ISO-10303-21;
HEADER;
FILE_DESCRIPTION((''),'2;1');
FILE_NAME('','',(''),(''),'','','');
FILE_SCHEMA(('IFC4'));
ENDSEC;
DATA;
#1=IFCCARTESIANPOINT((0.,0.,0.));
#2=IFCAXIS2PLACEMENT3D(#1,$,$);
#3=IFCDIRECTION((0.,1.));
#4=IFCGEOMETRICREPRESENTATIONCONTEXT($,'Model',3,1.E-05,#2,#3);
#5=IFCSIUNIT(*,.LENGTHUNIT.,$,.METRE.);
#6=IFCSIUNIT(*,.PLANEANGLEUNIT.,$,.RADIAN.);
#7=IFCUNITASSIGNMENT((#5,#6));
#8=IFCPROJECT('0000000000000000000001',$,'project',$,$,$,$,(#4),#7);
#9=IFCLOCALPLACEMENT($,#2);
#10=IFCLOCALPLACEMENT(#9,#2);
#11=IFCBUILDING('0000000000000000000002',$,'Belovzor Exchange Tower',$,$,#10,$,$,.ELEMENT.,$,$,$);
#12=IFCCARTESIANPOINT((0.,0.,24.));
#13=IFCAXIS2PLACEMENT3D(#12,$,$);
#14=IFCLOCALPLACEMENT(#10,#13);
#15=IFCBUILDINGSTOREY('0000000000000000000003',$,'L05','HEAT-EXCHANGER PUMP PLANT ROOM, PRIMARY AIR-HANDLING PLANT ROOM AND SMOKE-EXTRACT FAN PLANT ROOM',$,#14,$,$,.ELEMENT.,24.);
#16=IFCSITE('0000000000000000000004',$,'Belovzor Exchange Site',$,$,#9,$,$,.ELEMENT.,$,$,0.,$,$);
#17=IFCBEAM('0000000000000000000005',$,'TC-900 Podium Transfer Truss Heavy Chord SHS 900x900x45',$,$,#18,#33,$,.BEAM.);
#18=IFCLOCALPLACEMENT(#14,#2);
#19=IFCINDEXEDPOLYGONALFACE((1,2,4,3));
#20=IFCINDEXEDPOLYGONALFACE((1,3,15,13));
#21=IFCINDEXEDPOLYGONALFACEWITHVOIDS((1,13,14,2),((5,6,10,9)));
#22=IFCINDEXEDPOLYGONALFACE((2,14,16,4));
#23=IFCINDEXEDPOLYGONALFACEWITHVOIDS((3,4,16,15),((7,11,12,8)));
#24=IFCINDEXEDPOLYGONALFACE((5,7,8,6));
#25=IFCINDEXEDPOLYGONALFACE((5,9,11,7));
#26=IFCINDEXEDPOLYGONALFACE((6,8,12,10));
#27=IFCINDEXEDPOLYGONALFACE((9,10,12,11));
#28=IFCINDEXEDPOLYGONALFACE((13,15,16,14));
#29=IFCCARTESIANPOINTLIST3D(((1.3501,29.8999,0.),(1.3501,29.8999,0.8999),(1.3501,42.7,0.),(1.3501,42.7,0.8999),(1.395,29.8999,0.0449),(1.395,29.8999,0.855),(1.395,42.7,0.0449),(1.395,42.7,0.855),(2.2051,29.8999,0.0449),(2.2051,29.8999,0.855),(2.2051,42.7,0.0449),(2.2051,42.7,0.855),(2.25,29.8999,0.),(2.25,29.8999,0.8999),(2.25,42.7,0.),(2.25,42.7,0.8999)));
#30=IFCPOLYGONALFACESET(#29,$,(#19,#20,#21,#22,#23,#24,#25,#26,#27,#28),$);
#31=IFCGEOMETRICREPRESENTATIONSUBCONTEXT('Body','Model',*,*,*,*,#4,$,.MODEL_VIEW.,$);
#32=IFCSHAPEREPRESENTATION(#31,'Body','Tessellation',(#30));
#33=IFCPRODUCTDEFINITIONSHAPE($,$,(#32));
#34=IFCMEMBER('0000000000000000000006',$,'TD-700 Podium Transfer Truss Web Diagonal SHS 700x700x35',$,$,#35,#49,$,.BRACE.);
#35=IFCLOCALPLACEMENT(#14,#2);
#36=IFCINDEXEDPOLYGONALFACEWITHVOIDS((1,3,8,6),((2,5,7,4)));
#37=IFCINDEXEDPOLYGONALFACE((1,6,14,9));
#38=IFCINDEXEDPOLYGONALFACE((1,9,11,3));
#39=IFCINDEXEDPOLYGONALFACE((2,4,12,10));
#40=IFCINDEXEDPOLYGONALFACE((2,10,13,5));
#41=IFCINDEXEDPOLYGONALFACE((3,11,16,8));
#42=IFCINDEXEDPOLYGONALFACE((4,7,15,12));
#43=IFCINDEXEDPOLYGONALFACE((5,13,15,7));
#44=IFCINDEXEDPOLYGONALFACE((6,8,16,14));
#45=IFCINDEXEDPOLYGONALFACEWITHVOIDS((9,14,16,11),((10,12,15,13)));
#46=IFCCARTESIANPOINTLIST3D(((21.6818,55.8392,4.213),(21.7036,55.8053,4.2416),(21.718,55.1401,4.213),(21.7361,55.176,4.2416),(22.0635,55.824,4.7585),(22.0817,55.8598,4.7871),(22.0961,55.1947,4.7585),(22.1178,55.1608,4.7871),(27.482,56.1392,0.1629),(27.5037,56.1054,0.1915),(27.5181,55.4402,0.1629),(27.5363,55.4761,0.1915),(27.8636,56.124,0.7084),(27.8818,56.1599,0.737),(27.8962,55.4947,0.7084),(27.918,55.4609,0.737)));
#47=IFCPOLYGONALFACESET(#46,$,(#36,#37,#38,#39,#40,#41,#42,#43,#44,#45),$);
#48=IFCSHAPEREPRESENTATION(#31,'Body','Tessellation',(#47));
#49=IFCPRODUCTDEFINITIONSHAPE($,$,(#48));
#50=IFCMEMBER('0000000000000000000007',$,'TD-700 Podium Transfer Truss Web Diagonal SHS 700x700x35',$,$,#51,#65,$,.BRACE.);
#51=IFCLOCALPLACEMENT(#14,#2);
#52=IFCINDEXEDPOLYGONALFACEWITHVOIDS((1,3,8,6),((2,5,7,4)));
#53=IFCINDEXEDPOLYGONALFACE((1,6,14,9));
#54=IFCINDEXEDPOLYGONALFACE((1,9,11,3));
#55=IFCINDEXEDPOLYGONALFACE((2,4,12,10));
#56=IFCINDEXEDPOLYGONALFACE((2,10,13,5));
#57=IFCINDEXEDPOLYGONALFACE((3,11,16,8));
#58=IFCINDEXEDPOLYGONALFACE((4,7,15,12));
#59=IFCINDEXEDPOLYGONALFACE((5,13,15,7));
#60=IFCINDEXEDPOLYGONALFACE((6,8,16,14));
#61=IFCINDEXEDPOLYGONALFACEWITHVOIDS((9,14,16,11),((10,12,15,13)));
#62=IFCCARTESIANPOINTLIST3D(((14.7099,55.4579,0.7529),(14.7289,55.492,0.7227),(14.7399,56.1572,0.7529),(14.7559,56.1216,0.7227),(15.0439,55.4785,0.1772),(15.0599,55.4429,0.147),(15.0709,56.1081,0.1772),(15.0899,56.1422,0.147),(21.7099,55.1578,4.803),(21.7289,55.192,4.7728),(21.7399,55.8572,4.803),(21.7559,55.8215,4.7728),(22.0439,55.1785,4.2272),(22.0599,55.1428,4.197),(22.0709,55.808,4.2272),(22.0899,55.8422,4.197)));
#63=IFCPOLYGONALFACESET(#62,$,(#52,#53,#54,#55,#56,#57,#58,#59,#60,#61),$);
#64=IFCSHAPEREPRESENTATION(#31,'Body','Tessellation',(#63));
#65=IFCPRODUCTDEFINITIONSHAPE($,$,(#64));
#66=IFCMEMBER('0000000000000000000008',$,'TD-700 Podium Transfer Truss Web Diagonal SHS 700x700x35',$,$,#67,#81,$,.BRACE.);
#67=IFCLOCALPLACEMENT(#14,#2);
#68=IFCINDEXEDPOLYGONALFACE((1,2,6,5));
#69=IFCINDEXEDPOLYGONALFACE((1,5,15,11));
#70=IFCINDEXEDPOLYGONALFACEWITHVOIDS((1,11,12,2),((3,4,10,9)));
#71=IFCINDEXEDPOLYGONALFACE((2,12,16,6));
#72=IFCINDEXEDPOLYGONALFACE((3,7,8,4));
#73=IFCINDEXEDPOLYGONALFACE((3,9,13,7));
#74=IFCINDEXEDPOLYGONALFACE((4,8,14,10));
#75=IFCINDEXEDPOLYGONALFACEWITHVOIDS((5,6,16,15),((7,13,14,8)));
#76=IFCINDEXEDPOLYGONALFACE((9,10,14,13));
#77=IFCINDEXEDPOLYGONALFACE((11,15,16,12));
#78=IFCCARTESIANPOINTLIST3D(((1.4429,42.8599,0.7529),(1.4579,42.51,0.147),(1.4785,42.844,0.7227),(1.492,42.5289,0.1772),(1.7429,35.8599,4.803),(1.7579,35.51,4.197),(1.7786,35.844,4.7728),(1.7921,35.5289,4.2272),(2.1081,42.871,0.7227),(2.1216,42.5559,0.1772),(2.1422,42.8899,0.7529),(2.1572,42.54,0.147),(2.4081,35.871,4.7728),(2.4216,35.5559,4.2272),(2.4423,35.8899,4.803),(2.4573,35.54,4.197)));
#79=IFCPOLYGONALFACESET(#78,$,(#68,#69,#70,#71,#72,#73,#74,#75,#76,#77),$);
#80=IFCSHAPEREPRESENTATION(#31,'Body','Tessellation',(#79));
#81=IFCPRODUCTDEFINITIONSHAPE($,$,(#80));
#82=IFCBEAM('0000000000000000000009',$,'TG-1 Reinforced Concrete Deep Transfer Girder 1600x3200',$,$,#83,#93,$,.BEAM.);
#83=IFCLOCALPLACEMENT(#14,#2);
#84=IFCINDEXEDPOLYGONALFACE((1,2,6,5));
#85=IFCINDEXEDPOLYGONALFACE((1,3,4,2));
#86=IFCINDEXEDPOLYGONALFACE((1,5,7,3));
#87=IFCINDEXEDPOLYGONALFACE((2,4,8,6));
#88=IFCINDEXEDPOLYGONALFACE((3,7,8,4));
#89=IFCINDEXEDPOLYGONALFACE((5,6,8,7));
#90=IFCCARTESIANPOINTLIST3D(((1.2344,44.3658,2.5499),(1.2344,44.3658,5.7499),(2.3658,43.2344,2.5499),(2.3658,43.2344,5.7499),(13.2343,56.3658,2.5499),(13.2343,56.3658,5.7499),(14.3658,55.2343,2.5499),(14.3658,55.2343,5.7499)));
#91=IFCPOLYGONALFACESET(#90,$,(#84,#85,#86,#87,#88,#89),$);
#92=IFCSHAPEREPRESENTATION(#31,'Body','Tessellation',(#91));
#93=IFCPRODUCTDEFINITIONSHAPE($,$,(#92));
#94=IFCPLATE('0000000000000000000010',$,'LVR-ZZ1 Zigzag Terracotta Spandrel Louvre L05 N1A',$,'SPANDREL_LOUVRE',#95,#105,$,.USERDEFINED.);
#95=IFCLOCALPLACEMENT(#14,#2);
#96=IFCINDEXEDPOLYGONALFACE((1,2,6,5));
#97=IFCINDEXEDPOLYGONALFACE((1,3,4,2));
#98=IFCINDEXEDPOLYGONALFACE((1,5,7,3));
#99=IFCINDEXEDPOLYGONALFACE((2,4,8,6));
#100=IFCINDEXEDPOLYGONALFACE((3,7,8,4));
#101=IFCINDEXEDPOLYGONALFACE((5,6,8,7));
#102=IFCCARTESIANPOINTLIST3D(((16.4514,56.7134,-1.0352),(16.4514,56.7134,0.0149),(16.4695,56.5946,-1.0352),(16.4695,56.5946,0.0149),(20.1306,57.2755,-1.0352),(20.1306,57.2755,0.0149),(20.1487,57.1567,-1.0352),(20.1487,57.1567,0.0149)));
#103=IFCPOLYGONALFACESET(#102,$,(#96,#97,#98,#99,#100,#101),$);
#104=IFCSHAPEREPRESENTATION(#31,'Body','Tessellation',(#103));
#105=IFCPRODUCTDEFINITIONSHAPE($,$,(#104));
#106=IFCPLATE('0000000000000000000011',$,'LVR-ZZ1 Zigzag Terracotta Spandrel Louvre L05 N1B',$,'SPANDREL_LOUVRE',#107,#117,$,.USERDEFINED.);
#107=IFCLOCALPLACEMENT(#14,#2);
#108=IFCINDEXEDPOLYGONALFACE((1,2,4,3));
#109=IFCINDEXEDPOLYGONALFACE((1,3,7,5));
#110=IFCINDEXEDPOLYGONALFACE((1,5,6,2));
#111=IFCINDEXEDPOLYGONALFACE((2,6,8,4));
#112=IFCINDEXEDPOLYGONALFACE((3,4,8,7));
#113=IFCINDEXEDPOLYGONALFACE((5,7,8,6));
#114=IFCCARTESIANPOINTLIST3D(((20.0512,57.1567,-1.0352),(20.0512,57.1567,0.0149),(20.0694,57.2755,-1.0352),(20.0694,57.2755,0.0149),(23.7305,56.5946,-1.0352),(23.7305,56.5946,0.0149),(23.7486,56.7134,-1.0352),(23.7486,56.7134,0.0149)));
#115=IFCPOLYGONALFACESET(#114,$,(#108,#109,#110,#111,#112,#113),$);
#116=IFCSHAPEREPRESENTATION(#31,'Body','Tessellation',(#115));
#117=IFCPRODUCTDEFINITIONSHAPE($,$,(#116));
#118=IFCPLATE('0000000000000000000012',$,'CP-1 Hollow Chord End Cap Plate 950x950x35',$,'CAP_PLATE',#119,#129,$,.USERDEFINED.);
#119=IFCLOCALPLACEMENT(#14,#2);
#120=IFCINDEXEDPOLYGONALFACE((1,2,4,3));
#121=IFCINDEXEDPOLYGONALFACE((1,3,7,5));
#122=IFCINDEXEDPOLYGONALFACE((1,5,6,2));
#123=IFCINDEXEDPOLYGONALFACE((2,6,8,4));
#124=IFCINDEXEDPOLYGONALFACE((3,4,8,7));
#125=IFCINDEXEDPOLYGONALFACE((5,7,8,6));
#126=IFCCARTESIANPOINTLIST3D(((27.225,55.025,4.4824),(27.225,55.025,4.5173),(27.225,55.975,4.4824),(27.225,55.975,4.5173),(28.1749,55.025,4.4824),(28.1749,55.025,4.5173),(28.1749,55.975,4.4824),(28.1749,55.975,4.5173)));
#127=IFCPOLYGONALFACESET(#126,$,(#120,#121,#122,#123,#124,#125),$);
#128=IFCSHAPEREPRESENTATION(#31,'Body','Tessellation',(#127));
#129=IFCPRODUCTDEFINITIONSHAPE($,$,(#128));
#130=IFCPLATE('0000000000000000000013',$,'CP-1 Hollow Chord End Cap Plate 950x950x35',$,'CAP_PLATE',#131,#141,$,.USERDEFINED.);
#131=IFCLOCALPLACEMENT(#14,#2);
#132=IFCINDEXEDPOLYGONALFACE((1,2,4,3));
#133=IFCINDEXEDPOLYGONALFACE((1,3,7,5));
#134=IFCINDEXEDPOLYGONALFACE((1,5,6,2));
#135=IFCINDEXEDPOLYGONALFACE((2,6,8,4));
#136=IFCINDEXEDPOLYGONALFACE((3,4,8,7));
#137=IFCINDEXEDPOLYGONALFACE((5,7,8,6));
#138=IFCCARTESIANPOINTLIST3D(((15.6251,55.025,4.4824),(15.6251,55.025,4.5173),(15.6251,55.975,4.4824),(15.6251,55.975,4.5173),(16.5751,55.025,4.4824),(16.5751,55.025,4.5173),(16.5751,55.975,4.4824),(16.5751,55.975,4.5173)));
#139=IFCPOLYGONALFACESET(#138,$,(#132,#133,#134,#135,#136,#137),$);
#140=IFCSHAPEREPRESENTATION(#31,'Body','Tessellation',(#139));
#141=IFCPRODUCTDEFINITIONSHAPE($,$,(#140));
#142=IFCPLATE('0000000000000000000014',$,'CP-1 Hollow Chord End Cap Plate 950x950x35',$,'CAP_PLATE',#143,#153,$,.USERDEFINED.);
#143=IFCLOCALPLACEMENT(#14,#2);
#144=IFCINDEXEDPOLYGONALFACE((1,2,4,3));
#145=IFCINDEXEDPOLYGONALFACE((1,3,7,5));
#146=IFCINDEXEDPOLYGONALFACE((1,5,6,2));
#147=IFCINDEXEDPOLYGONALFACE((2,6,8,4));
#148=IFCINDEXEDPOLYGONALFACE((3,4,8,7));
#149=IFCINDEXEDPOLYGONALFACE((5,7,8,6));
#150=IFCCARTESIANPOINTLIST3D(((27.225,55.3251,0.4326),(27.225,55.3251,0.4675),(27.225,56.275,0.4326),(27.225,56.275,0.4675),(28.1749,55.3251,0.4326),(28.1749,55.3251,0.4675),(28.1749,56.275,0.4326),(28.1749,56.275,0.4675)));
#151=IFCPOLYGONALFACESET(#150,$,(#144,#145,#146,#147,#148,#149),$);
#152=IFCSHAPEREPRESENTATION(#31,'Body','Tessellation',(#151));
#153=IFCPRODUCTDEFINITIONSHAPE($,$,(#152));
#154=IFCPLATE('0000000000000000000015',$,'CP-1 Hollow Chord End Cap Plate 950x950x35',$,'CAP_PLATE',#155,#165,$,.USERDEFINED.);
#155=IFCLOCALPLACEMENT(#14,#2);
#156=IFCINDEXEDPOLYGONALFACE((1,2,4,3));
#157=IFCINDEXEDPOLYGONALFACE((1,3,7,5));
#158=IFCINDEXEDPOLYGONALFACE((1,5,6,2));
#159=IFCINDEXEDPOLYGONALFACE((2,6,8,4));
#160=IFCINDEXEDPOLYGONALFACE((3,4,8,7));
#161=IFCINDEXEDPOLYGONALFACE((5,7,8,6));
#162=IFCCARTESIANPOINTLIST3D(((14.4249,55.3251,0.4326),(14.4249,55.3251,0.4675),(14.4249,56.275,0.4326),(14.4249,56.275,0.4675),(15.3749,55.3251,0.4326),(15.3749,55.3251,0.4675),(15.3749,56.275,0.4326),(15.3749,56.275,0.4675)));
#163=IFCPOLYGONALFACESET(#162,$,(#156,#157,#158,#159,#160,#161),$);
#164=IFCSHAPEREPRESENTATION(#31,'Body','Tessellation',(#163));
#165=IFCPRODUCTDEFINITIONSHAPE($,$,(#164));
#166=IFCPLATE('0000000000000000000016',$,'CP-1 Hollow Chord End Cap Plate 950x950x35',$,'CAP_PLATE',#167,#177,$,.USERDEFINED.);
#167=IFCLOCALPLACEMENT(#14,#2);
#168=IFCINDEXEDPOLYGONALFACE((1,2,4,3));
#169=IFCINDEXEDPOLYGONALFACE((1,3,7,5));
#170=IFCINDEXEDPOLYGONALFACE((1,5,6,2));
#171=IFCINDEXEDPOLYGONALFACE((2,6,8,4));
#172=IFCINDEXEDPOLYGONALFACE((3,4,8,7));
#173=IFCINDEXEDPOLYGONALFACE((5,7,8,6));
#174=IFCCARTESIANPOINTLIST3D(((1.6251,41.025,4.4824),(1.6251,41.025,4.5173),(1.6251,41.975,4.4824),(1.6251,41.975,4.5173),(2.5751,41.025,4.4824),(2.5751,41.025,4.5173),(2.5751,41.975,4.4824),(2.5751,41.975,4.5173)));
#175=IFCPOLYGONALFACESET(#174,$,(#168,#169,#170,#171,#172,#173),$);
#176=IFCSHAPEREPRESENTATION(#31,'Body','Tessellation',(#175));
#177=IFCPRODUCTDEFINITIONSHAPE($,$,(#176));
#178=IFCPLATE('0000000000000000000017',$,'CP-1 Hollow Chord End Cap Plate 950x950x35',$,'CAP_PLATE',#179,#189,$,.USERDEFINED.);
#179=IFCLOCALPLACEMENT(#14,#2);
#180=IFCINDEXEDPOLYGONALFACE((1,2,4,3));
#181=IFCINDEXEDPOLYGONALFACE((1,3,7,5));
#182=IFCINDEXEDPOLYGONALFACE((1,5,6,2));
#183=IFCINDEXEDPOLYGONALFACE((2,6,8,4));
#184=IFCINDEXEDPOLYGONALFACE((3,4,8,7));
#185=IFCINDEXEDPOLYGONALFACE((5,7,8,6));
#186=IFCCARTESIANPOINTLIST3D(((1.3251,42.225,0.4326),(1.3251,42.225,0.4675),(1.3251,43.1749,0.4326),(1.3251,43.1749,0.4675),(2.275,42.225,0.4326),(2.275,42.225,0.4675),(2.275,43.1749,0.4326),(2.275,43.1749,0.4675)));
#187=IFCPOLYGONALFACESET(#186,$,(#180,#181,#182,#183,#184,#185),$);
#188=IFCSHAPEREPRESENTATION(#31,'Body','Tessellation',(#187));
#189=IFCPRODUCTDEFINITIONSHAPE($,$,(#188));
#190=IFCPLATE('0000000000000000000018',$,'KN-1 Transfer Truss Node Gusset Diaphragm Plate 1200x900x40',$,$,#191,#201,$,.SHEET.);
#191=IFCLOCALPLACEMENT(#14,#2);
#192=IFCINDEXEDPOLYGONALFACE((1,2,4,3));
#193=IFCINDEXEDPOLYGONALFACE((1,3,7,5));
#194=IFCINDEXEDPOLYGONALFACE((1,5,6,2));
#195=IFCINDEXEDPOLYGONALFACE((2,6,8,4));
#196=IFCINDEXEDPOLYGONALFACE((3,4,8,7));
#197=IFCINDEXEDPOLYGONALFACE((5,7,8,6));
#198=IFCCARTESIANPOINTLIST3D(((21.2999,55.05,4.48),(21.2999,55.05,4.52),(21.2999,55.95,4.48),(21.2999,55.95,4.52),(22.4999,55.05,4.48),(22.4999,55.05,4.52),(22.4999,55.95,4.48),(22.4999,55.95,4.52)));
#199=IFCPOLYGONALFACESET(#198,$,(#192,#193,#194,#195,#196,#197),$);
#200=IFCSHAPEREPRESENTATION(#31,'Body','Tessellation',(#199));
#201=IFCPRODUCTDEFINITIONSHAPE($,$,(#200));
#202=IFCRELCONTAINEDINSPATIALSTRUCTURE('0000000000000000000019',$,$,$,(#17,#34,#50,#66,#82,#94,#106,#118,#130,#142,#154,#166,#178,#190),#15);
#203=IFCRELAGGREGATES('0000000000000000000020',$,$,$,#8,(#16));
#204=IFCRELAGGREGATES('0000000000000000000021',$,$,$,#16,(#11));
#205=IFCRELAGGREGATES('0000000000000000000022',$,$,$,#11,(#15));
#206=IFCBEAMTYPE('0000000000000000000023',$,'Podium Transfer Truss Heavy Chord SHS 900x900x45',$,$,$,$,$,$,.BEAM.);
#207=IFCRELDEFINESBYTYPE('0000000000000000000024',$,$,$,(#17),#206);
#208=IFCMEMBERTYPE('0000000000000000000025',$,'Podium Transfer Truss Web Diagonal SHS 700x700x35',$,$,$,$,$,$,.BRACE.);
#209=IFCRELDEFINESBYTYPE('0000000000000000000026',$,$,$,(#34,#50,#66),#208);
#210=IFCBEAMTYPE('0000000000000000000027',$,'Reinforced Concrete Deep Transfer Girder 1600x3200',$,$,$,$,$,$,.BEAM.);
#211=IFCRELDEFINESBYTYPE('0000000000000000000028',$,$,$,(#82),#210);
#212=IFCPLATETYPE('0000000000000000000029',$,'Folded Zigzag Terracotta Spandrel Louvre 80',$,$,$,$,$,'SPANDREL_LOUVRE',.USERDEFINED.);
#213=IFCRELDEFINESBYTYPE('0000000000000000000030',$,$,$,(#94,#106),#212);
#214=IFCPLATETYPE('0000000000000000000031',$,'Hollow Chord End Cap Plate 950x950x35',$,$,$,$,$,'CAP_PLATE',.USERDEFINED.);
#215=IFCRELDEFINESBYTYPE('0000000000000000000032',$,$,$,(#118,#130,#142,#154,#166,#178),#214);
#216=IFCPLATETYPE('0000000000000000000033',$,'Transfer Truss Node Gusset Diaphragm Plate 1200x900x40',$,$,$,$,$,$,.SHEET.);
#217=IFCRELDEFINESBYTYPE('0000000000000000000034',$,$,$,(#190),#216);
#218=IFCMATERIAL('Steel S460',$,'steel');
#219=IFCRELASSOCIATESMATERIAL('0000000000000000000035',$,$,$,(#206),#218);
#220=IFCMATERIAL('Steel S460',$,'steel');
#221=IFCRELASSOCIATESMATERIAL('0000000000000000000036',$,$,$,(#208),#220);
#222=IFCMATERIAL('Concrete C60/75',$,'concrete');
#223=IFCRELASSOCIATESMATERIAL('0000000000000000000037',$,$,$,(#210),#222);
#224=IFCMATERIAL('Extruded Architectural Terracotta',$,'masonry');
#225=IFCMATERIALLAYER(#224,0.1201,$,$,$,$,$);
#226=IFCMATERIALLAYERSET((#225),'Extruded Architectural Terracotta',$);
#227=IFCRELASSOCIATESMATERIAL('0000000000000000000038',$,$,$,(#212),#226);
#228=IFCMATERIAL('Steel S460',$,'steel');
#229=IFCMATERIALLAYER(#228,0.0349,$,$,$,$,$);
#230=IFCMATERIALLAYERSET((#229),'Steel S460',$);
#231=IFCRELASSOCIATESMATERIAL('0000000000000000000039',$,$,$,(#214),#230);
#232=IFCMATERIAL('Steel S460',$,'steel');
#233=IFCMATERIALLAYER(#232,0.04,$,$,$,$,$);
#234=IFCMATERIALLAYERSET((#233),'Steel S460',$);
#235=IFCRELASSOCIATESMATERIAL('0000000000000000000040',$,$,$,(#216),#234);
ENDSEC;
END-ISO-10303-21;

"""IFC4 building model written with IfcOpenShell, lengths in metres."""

from ifc_helpers import new_model, si_unit, direction, frame, origin, origin_2d, place, context, subcontext, project, spatial, rectangle, hollow_rectangle, extrude, material, layer, layer_set, material_profile, profile_set, type_object, element, save


model = new_model("IFC4")

# Units and contexts
model_context = context("Model", 3, precision=1e-05, world=origin(), true_north=direction((0.0, 1.0)))
body_context = subcontext(model_context, "Body", "Model", "MODEL_VIEW")
ifc_project = project(units=[si_unit("LENGTHUNIT", "METRE"), si_unit("PLANEANGLEUNIT", "RADIAN")], contexts=[model_context])

# Site, building, storey
site_placement = place(None, origin())
site = spatial("IfcSite", under=ifc_project, at=site_placement, Name="Belovzor Exchange Site", CompositionType="ELEMENT", RefElevation=0.0)
building_placement = place(site_placement, origin())
building = spatial("IfcBuilding", under=site, at=building_placement, Name="Belovzor Exchange Tower", CompositionType="ELEMENT")
storey_placement = place(building_placement, frame((0.0, 0.0, 24.0)))
storey = spatial("IfcBuildingStorey", under=building, at=storey_placement, Name="L05", Description="HEAT-EXCHANGER PUMP PLANT ROOM, PRIMARY AIR-HANDLING PLANT ROOM AND SMOKE-EXTRACT FAN PLANT ROOM", CompositionType="ELEMENT", Elevation=24.0)

# Beam
ifc_material_1 = material(Name="Steel S460", Category="steel")
ifc_material_profile_1 = material_profile(ifc_material_1, hollow_rectangle(XDim=0.8999, YDim=0.8999, WallThickness=0.0449, at=origin_2d()))
ifc_profile_set_1 = profile_set([ifc_material_profile_1], Name="Steel S460")
beam_type_1 = type_object("IfcBeamType", Name="Podium Transfer Truss Heavy Chord SHS 900x900x45", PredefinedType="BEAM", material=ifc_profile_set_1)
beam_1_placement = place(storey_placement, frame((1.8, 42.7, 0.45), z_axis=(0.0, -1.0, 0.0), x_axis=(1.0, 0.0, 0.0)))
element("IfcBeam", 1, at=beam_1_placement, inside=storey, type_object=beam_type_1, Name="TC-900 Podium Transfer Truss Heavy Chord SHS 900x900x45", PredefinedType="BEAM", context=body_context, shape_type="SweptSolid", body=[
    extrude(hollow_rectangle(XDim=0.8999, YDim=0.8999, WallThickness=0.0449, at=origin_2d()), origin(), (0.0, 0.0, 1.0), 12.8),
])

# Members
ifc_material_2 = material(Name="Steel S460", Category="steel")
ifc_material_profile_2 = material_profile(ifc_material_2, hollow_rectangle(XDim=0.7, YDim=0.7, WallThickness=0.0349, at=origin_2d()))
ifc_profile_set_2 = profile_set([ifc_material_profile_2], Name="Steel S460")
member_type_1 = type_object("IfcMemberType", Name="Podium Transfer Truss Web Diagonal SHS 700x700x35", PredefinedType="BRACE", material=ifc_profile_set_2)
member_placement = place(storey_placement, frame((27.7, 55.8, 0.45), z_axis=(-0.819158, -0.042377, 0.572), x_axis=(0.051663, -0.998665, 0.0)))
element("IfcMember", 2, at=member_placement, inside=storey, type_object=member_type_1, Name="TD-700 Podium Transfer Truss Web Diagonal SHS 700x700x35", PredefinedType="BRACE", context=body_context, shape_type="SweptSolid", body=[
    extrude(hollow_rectangle(XDim=0.7, YDim=0.7, WallThickness=0.0349, at=origin_2d()), origin(), (0.0, 0.0, 1.0), 7.0806),
])
for number, where, z_axis, x_axis, name in (
    (3, (21.8999, 55.5, 4.5), (-0.86497, 0.037076, -0.500453), (-0.042825, -0.999083, 0.0), "TD-700 Podium Transfer Truss Web Diagonal SHS 700x700x35"),
    (4, (1.8, 42.7, 0.45), (0.037076, -0.86497, 0.500453), (0.999083, 0.042825, 0.0), "TD-700 Podium Transfer Truss Web Diagonal SHS 700x700x35"),
):
    element("IfcMember", number, at=place(storey_placement, frame(where, z_axis=z_axis, x_axis=x_axis)), inside=storey, type_object=member_type_1, Name=name, PredefinedType="BRACE", context=body_context, shape_type="SweptSolid", body=[
        extrude(hollow_rectangle(XDim=0.7, YDim=0.7, WallThickness=0.0349, at=origin_2d()), origin(), (0.0, 0.0, 1.0), 8.0928),
    ])

# Beam
ifc_material_3 = material(Name="Concrete C60/75", Category="concrete")
ifc_material_profile_3 = material_profile(ifc_material_3, rectangle(XDim=1.6001, YDim=3.2, at=origin_2d()))
ifc_profile_set_3 = profile_set([ifc_material_profile_3], Name="Concrete C60/75")
beam_type_2 = type_object("IfcBeamType", Name="Reinforced Concrete Deep Transfer Girder 1600x3200", PredefinedType="BEAM", material=ifc_profile_set_3)
beam_2_placement = place(storey_placement, frame((13.8, 55.8, 4.1499), z_axis=(-0.707107, -0.707107, 0.0), x_axis=(0.707107, -0.707107, 0.0)))
element("IfcBeam", 5, at=beam_2_placement, inside=storey, type_object=beam_type_2, Name="TG-1 Reinforced Concrete Deep Transfer Girder 1600x3200", PredefinedType="BEAM", context=body_context, shape_type="SweptSolid", body=[
    extrude(rectangle(XDim=1.6001, YDim=3.2, at=origin_2d()), origin(), (0.0, 0.0, 1.0), 16.9705),
])

# Plates
ifc_material_4 = material(Name="Extruded Architectural Terracotta", Category="masonry")
ifc_layer_1 = layer(ifc_material_4, 0.1201)
ifc_layer_set_1 = layer_set([ifc_layer_1], Name="Extruded Architectural Terracotta")
plate_type_1 = type_object("IfcPlateType", Name="Folded Zigzag Terracotta Spandrel Louvre 80", ElementType="SPANDREL_LOUVRE", PredefinedType="USERDEFINED", material=ifc_layer_set_1)
for number, where, z_axis, x_axis, name in (
    (6, (18.3, 56.9351, -1.0352), (0.0, 0.0, 1.0), (0.988531, 0.151019, 0.0), "LVR-ZZ1 Zigzag Terracotta Spandrel Louvre L05 N1A"),
    (7, (21.8999, 56.9351, -1.0352), (0.0, 0.0, 1.0), (0.988531, -0.151019, 0.0), "LVR-ZZ1 Zigzag Terracotta Spandrel Louvre L05 N1B"),
):
    element("IfcPlate", number, at=place(storey_placement, frame(where, z_axis=z_axis, x_axis=x_axis)), inside=storey, type_object=plate_type_1, Name=name, ObjectType="SPANDREL_LOUVRE", PredefinedType="USERDEFINED", context=body_context, shape_type="SweptSolid", body=[
        extrude(rectangle(XDim=3.7219, YDim=0.1201, at=origin_2d()), origin(), (0.0, 0.0, 1.0), 1.05),
    ])
ifc_material_5 = material(Name="Steel S460", Category="steel")
ifc_layer_2 = layer(ifc_material_5, 0.0349)
ifc_layer_set_2 = layer_set([ifc_layer_2], Name="Steel S460")
plate_type_2 = type_object("IfcPlateType", Name="Hollow Chord End Cap Plate 950x950x35", ElementType="CAP_PLATE", PredefinedType="USERDEFINED", material=ifc_layer_set_2)
for number, where, z_axis, x_axis, name in (
    (8, (27.7, 55.5, 4.4824), (0.0, 0.0, 1.0), (1.0, 0.0, 0.0), "CP-1 Hollow Chord End Cap Plate 950x950x35"),
    (9, (16.1001, 55.5, 4.4824), (0.0, 0.0, 1.0), (1.0, 0.0, 0.0), "CP-1 Hollow Chord End Cap Plate 950x950x35"),
    (10, (27.7, 55.8, 0.4326), (0.0, 0.0, 1.0), (1.0, 0.0, 0.0), "CP-1 Hollow Chord End Cap Plate 950x950x35"),
    (11, (14.8999, 55.8, 0.4326), (0.0, 0.0, 1.0), (1.0, 0.0, 0.0), "CP-1 Hollow Chord End Cap Plate 950x950x35"),
    (12, (2.1001, 41.5, 4.4824), (0.0, 0.0, 1.0), (0.0, 1.0, 0.0), "CP-1 Hollow Chord End Cap Plate 950x950x35"),
    (13, (1.8, 42.7, 0.4326), (0.0, 0.0, 1.0), (0.0, 1.0, 0.0), "CP-1 Hollow Chord End Cap Plate 950x950x35"),
):
    element("IfcPlate", number, at=place(storey_placement, frame(where, z_axis=z_axis, x_axis=x_axis)), inside=storey, type_object=plate_type_2, Name=name, ObjectType="CAP_PLATE", PredefinedType="USERDEFINED", context=body_context, shape_type="SweptSolid", body=[
        extrude(rectangle(XDim=0.95, YDim=0.95, at=origin_2d()), origin(), (0.0, 0.0, 1.0), 0.0349),
    ])
ifc_material_6 = material(Name="Steel S460", Category="steel")
ifc_layer_3 = layer(ifc_material_6, 0.04)
ifc_layer_set_3 = layer_set([ifc_layer_3], Name="Steel S460")
plate_type_3 = type_object("IfcPlateType", Name="Transfer Truss Node Gusset Diaphragm Plate 1200x900x40", PredefinedType="SHEET", material=ifc_layer_set_3)
plate_placement = place(storey_placement, frame((21.8999, 55.5, 4.48), z_axis=(0.0, 0.0, 1.0), x_axis=(1.0, 0.0, 0.0)))
element("IfcPlate", 14, at=plate_placement, inside=storey, type_object=plate_type_3, Name="KN-1 Transfer Truss Node Gusset Diaphragm Plate 1200x900x40", PredefinedType="SHEET", context=body_context, shape_type="SweptSolid", body=[
    extrude(rectangle(XDim=1.2, YDim=0.8999, at=origin_2d()), origin(), (0.0, 0.0, 1.0), 0.04),
])

save(model, "model.ifc")
